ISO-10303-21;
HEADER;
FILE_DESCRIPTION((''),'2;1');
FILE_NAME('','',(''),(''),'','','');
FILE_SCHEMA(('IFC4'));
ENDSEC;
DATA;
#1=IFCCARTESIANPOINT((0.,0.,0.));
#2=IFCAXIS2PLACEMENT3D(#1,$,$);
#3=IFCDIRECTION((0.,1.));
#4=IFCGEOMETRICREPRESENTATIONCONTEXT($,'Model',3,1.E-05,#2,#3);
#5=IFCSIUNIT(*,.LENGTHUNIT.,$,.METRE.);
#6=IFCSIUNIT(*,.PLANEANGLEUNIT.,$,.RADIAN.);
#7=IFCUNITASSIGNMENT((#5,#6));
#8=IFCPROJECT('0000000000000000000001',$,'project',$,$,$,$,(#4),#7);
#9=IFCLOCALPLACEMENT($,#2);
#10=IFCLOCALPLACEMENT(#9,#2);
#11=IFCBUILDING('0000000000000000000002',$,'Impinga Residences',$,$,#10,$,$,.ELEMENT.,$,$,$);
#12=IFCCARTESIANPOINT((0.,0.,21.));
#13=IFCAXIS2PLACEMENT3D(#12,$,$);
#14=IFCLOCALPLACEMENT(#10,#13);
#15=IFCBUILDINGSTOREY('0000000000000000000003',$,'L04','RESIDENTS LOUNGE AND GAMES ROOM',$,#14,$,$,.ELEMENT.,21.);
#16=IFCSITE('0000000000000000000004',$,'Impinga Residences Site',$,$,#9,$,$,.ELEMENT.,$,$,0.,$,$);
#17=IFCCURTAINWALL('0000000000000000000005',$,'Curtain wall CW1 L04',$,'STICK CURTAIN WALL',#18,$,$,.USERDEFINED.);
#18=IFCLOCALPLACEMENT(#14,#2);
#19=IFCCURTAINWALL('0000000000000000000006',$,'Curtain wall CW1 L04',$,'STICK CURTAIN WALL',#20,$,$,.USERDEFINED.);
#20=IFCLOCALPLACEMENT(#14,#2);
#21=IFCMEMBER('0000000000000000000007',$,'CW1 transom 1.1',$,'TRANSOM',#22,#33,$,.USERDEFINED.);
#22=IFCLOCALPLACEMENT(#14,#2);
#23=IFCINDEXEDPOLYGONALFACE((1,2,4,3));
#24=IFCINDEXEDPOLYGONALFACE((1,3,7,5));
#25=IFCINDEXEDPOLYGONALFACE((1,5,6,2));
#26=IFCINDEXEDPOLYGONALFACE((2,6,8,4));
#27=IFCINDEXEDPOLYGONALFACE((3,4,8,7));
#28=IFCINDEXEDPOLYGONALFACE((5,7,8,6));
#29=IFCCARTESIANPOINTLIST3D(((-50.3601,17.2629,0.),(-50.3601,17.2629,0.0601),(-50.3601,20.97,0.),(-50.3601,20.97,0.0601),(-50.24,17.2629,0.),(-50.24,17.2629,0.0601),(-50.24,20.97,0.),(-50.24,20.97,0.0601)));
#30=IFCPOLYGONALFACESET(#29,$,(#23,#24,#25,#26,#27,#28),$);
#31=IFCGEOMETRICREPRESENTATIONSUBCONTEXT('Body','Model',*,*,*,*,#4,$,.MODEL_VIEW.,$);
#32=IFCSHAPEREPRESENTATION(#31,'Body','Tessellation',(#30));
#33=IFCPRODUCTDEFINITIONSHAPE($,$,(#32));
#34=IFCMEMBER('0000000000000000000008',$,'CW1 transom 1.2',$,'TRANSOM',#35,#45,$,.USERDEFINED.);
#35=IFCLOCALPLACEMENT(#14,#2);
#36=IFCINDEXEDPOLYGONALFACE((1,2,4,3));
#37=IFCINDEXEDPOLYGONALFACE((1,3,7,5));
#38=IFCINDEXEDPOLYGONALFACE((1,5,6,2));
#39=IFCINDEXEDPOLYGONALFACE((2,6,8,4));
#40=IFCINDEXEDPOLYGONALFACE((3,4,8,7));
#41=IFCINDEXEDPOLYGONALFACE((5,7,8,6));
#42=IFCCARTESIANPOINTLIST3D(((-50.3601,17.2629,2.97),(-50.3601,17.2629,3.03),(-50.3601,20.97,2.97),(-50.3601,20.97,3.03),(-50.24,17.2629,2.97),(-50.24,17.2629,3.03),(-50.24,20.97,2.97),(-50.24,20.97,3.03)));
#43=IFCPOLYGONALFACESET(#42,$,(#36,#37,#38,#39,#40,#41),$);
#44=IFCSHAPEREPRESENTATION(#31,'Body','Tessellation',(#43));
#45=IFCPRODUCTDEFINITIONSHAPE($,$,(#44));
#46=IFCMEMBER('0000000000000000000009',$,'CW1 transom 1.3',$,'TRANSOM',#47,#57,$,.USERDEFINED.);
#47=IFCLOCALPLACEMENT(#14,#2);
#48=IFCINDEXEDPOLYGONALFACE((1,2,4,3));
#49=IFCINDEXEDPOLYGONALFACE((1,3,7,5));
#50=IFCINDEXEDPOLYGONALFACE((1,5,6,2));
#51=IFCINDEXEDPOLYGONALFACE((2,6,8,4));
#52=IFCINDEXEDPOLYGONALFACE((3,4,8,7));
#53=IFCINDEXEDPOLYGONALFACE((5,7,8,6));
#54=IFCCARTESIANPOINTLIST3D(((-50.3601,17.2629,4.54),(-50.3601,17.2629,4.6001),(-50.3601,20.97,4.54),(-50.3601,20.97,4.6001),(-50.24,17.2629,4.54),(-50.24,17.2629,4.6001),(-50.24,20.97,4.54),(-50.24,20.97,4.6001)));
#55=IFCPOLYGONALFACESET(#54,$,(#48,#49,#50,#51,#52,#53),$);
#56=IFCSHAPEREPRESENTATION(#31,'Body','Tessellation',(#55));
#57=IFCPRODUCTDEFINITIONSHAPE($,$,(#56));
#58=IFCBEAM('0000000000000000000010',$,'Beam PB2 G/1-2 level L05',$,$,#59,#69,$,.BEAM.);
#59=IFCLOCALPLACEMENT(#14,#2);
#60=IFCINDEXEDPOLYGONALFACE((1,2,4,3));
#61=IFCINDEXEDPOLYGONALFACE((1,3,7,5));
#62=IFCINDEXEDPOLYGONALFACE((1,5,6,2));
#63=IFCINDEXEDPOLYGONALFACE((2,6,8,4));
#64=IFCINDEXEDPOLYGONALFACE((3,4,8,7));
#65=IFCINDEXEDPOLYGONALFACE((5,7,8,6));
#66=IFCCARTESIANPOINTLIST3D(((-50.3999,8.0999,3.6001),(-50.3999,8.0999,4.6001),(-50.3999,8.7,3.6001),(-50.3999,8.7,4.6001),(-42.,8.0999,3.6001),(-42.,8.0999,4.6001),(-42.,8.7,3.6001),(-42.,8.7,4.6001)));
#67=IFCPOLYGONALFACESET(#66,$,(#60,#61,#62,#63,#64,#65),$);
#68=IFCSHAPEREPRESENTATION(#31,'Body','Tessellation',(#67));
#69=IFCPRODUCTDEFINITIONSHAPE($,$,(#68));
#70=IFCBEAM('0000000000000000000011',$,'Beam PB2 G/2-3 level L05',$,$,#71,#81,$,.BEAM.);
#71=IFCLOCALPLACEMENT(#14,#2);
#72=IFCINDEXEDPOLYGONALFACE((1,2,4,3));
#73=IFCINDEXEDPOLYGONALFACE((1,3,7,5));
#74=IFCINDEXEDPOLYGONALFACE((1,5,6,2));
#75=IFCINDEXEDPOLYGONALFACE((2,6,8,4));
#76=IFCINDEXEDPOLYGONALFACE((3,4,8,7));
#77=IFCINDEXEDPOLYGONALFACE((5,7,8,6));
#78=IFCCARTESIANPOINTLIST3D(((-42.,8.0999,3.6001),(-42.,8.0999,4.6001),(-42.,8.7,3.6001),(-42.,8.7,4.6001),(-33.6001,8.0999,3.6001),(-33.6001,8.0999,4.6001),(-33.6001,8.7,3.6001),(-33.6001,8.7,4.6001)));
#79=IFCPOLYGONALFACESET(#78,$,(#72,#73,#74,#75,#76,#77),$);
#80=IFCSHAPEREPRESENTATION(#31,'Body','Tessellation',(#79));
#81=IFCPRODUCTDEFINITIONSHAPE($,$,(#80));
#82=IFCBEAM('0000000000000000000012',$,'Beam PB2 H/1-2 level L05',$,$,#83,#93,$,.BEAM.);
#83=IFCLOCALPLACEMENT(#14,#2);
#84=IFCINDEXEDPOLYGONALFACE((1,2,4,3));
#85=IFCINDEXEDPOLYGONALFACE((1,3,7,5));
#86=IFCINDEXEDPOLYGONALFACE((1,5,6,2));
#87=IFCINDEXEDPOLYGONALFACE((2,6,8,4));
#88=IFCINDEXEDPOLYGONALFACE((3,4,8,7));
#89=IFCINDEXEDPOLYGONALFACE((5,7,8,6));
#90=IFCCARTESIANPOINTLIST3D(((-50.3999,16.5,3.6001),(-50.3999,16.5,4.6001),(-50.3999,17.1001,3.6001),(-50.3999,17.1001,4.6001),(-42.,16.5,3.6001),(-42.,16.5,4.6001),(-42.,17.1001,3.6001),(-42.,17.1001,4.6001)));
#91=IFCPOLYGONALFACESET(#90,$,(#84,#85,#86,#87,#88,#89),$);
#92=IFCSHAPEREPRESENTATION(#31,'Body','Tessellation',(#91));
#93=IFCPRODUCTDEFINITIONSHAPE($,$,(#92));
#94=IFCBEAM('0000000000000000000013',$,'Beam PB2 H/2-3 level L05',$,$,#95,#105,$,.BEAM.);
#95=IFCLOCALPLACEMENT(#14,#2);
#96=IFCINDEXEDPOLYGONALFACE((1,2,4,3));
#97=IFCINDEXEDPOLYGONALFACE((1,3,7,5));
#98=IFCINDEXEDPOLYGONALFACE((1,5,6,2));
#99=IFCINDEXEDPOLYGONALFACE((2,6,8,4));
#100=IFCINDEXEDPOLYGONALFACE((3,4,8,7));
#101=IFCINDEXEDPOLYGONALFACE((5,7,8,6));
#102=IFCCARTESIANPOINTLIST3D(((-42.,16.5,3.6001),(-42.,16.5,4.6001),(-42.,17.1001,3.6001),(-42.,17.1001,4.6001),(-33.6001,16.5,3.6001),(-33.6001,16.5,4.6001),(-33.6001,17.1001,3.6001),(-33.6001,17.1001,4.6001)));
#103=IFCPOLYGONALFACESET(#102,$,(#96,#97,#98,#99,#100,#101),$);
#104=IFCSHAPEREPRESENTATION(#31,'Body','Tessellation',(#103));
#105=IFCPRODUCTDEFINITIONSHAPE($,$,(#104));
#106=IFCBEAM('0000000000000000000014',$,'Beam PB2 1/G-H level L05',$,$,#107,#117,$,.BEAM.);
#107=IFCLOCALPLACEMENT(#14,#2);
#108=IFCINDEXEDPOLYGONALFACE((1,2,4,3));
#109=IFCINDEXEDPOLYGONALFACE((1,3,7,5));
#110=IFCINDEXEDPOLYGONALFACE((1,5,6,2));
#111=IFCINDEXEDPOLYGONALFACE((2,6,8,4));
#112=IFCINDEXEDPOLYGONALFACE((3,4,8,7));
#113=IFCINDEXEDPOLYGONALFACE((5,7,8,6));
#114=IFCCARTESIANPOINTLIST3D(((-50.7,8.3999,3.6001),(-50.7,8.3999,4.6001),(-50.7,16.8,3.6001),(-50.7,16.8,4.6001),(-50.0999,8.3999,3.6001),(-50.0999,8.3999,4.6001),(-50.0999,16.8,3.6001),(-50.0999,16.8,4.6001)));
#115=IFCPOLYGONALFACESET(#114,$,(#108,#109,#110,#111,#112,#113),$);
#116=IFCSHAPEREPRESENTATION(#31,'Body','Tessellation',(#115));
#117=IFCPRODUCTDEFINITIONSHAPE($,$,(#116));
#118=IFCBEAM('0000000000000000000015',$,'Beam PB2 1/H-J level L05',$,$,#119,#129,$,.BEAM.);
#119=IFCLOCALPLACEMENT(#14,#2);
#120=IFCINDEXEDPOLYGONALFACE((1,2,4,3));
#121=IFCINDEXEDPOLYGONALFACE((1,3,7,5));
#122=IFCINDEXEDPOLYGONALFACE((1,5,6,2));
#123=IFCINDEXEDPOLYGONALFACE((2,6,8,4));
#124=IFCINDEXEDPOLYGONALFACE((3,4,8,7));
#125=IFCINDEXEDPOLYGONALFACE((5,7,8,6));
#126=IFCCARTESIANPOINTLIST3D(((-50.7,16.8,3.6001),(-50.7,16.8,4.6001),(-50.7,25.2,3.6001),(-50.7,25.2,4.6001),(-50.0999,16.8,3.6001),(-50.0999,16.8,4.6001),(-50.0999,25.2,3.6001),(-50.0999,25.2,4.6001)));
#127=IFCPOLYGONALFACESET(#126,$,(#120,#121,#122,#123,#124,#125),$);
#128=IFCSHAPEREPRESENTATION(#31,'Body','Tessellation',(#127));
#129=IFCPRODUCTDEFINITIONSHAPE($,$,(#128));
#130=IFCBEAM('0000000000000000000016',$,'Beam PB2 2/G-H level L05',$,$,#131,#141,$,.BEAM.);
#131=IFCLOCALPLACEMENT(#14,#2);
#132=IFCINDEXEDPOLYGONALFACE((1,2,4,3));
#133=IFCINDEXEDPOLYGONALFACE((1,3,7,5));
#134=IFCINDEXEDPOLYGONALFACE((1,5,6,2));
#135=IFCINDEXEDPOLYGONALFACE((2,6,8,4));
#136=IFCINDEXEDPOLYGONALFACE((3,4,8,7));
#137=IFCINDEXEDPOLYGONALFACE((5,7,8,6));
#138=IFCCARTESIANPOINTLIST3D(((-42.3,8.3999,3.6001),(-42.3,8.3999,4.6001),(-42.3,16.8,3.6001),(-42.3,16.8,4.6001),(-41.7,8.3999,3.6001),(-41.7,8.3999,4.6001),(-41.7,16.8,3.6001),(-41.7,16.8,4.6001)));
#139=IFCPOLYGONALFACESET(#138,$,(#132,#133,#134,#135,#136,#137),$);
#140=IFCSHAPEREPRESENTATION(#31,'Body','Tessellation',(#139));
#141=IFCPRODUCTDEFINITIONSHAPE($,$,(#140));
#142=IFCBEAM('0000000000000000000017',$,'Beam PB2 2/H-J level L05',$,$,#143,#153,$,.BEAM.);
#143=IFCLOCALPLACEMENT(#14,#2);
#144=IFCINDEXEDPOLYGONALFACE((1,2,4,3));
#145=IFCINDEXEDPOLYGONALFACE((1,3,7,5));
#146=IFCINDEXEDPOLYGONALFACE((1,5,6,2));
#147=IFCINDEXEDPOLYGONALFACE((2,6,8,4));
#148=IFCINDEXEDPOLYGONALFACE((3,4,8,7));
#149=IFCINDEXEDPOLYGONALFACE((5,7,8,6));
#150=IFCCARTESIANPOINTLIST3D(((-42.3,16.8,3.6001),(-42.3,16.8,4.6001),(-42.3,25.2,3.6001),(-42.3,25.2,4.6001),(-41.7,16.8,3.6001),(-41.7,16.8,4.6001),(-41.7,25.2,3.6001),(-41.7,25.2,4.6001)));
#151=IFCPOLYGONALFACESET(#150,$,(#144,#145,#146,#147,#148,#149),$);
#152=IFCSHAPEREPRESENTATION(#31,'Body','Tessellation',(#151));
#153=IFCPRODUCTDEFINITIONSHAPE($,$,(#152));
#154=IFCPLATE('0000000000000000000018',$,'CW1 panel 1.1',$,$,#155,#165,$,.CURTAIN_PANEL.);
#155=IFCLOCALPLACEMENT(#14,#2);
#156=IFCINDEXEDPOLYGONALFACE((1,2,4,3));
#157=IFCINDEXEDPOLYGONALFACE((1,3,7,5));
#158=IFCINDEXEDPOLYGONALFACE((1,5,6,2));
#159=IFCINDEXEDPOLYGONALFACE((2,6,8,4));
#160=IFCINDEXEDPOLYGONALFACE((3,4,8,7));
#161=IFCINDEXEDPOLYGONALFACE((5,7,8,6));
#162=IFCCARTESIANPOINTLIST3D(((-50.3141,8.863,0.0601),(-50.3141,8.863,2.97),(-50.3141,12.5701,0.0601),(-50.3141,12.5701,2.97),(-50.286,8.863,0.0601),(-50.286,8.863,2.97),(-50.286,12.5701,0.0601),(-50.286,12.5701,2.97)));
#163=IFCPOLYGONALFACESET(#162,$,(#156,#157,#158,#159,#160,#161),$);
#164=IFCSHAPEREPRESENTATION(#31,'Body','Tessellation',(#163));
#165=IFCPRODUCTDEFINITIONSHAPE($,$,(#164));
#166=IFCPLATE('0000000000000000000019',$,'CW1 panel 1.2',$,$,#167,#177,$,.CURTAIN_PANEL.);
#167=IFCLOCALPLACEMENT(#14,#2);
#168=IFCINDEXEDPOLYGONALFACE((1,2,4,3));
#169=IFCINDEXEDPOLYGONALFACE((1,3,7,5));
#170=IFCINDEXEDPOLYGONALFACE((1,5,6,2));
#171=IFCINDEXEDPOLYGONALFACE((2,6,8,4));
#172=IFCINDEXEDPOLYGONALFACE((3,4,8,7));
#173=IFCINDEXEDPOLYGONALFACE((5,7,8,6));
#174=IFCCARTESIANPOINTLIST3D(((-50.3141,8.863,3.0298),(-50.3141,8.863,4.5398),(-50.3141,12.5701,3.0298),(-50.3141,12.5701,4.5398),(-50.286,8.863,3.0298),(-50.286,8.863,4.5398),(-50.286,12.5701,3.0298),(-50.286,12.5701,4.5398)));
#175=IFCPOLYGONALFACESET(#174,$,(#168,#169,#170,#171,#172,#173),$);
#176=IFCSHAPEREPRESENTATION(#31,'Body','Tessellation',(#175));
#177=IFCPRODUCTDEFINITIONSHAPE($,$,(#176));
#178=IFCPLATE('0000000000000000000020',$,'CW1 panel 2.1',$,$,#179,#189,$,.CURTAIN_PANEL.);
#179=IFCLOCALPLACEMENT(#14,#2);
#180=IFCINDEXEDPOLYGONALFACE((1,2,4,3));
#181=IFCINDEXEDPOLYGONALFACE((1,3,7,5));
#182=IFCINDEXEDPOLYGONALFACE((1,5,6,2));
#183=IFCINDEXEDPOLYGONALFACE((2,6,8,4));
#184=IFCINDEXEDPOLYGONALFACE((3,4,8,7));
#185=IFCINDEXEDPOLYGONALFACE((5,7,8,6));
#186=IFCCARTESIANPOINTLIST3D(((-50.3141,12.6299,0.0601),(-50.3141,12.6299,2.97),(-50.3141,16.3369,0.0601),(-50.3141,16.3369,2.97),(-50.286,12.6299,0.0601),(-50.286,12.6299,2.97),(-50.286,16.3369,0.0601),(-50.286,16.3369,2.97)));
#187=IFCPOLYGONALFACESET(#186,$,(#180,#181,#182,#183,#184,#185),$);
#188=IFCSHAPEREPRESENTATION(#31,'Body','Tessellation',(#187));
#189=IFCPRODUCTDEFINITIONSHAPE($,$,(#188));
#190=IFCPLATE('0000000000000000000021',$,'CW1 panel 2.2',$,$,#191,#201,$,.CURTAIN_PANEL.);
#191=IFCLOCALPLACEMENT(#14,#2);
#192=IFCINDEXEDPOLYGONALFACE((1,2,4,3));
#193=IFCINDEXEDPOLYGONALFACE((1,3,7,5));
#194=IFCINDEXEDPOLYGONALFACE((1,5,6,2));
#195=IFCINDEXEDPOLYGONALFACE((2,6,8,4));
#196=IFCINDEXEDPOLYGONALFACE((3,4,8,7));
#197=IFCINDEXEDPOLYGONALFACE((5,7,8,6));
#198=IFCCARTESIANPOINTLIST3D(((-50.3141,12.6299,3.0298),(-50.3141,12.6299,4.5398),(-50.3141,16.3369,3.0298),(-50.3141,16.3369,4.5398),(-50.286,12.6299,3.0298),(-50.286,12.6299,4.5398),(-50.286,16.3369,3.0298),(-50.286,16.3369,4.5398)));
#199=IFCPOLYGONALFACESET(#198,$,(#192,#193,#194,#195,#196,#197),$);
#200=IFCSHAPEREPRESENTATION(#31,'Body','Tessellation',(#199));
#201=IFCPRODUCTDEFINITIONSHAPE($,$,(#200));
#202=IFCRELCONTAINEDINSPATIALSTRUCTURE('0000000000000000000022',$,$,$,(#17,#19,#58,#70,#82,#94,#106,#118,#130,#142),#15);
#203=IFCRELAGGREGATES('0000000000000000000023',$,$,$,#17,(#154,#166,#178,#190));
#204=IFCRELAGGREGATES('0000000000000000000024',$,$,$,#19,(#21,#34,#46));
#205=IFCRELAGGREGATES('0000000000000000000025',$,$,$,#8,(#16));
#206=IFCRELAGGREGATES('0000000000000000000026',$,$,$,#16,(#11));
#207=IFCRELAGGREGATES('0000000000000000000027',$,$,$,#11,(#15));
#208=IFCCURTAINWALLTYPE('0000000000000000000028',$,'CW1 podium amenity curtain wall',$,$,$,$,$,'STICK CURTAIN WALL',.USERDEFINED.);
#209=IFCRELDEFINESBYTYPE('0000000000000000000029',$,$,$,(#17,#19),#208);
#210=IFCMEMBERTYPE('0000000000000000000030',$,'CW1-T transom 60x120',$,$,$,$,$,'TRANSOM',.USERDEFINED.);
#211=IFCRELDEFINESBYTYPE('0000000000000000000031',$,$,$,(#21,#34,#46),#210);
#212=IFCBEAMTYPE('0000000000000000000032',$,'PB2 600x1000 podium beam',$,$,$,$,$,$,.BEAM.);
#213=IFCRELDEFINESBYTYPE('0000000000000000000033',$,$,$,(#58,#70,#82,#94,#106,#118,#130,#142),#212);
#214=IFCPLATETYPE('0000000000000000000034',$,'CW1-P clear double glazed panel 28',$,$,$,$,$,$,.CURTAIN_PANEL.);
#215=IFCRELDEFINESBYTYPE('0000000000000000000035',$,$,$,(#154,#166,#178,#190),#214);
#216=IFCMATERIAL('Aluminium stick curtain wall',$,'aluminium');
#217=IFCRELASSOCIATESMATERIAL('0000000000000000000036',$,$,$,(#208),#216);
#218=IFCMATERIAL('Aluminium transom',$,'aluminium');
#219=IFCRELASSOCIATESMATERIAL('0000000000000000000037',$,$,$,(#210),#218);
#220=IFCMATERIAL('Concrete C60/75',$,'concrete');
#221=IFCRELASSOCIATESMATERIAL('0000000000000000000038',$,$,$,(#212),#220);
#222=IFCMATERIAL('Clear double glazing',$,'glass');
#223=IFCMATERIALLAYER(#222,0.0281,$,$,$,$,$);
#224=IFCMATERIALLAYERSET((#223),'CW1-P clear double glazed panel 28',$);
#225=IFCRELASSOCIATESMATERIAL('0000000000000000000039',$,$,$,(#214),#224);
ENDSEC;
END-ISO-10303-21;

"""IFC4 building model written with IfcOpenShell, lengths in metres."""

from ifc_helpers import new_model, si_unit, direction, frame, origin, origin_2d, place, context, subcontext, project, spatial, rectangle, extrude, material, layer, layer_set, material_profile, profile_set, type_object, element, aggregate, save


model = new_model("IFC4")

# Units and contexts
model_context = context("Model", 3, precision=1e-05, world=origin(), true_north=direction((0.0, 1.0)))
body_context = subcontext(model_context, "Body", "Model", "MODEL_VIEW")
ifc_project = project(units=[si_unit("LENGTHUNIT", "METRE"), si_unit("PLANEANGLEUNIT", "RADIAN")], contexts=[model_context])

# Site, building, storey
site_placement = place(None, origin())
site = spatial("IfcSite", under=ifc_project, at=site_placement, Name="Impinga Residences Site", CompositionType="ELEMENT", RefElevation=0.0)
building_placement = place(site_placement, origin())
building = spatial("IfcBuilding", under=site, at=building_placement, Name="Impinga Residences", CompositionType="ELEMENT")
storey_placement = place(building_placement, frame((0.0, 0.0, 21.0)))
storey = spatial("IfcBuildingStorey", under=building, at=storey_placement, Name="L04", Description="RESIDENTS LOUNGE AND GAMES ROOM", CompositionType="ELEMENT", Elevation=21.0)

# Shared definitions
ifc_material_1 = material(Name="Aluminium stick curtain wall", Category="aluminium")
curtain_wall_type = type_object("IfcCurtainWallType", Name="CW1 podium amenity curtain wall", ElementType="STICK CURTAIN WALL", PredefinedType="USERDEFINED", material=ifc_material_1)

# Curtain wall
curtain_wall_1_placement = place(storey_placement, origin())
curtain_wall_1 = element("IfcCurtainWall", 1, at=curtain_wall_1_placement, inside=storey, type_object=curtain_wall_type, Name="Curtain wall CW1 L04", ObjectType="STICK CURTAIN WALL", PredefinedType="USERDEFINED")

# Curtain wall
curtain_wall_2_placement = place(storey_placement, origin())
curtain_wall_2 = element("IfcCurtainWall", 2, at=curtain_wall_2_placement, inside=storey, type_object=curtain_wall_type, Name="Curtain wall CW1 L04", ObjectType="STICK CURTAIN WALL", PredefinedType="USERDEFINED")

# Members
ifc_material_2 = material(Name="Aluminium transom", Category="aluminium")
ifc_material_profile_1 = material_profile(ifc_material_2, rectangle(XDim=0.0601, YDim=0.1201, at=origin_2d()), Name="60x120 transom")
ifc_profile_set_1 = profile_set([ifc_material_profile_1], Name="Aluminium transom")
member_type_1 = type_object("IfcMemberType", Name="CW1-T transom 60x120", ElementType="TRANSOM", PredefinedType="USERDEFINED", material=ifc_profile_set_1)
member_1_placement = place(storey_placement, frame((-50.3, 17.2629, 0.03), z_axis=(0.0, 1.0, 0.0), x_axis=(0.0, 0.0, 1.0)))
member_1 = element("IfcMember", 3, at=member_1_placement, type_object=member_type_1, Name="CW1 transom 1.1", ObjectType="TRANSOM", PredefinedType="USERDEFINED", context=body_context, shape_type="SweptSolid", body=[
    extrude(rectangle(XDim=0.0601, YDim=0.1201, at=origin_2d()), origin(), (0.0, 0.0, 1.0), 3.707),
])
member_2_placement = place(storey_placement, frame((-50.3, 17.2629, 3.0), z_axis=(0.0, 1.0, 0.0), x_axis=(0.0, 0.0, 1.0)))
member_2 = element("IfcMember", 4, at=member_2_placement, type_object=member_type_1, Name="CW1 transom 1.2", ObjectType="TRANSOM", PredefinedType="USERDEFINED", context=body_context, shape_type="SweptSolid", body=[
    extrude(rectangle(XDim=0.0601, YDim=0.1201, at=origin_2d()), origin(), (0.0, 0.0, 1.0), 3.707),
])
member_3_placement = place(storey_placement, frame((-50.3, 17.2629, 4.5701), z_axis=(0.0, 1.0, 0.0), x_axis=(0.0, 0.0, 1.0)))
member_3 = element("IfcMember", 5, at=member_3_placement, type_object=member_type_1, Name="CW1 transom 1.3", ObjectType="TRANSOM", PredefinedType="USERDEFINED", context=body_context, shape_type="SweptSolid", body=[
    extrude(rectangle(XDim=0.0601, YDim=0.1201, at=origin_2d()), origin(), (0.0, 0.0, 1.0), 3.707),
])

# Beams
ifc_material_3 = material(Name="Concrete C60/75", Category="concrete")
ifc_material_profile_2 = material_profile(ifc_material_3, rectangle(XDim=0.6001, YDim=1.0, at=origin_2d()), Name="RC 600x1000")
ifc_profile_set_2 = profile_set([ifc_material_profile_2], Name="Concrete C60/75")
beam_type = type_object("IfcBeamType", Name="PB2 600x1000 podium beam", PredefinedType="BEAM", material=ifc_profile_set_2)
for number, where, z_axis, x_axis, name in (
    (6, (-50.3999, 8.3999, 4.1001), (1.0, 0.0, 0.0), (0.0, 1.0, 0.0), "Beam PB2 G/1-2 level L05"),
    (7, (-42.0, 8.3999, 4.1001), (1.0, 0.0, 0.0), (0.0, 1.0, 0.0), "Beam PB2 G/2-3 level L05"),
    (8, (-50.3999, 16.8, 4.1001), (1.0, 0.0, 0.0), (0.0, 1.0, 0.0), "Beam PB2 H/1-2 level L05"),
    (9, (-42.0, 16.8, 4.1001), (1.0, 0.0, 0.0), (0.0, 1.0, 0.0), "Beam PB2 H/2-3 level L05"),
):
    element("IfcBeam", number, at=place(storey_placement, frame(where, z_axis=z_axis, x_axis=x_axis)), inside=storey, type_object=beam_type, Name=name, PredefinedType="BEAM", context=body_context, shape_type="SweptSolid", body=[
        extrude(rectangle(XDim=0.6001, YDim=1.0, at=origin_2d()), origin(), (0.0, 0.0, 1.0), 8.3999),
    ])
beam_1_placement = place(storey_placement, frame((-50.3999, 8.3999, 4.1001), z_axis=(0.0, 1.0, 0.0), x_axis=(-1.0, 0.0, 0.0)))
element("IfcBeam", 10, at=beam_1_placement, inside=storey, type_object=beam_type, Name="Beam PB2 1/G-H level L05", PredefinedType="BEAM", context=body_context, shape_type="SweptSolid", body=[
    extrude(rectangle(XDim=0.6001, YDim=1.0, at=origin_2d()), origin(), (0.0, 0.0, 1.0), 8.4001),
])
beam_2_placement = place(storey_placement, frame((-50.3999, 16.8, 4.1001), z_axis=(0.0, 1.0, 0.0), x_axis=(-1.0, 0.0, 0.0)))
element("IfcBeam", 11, at=beam_2_placement, inside=storey, type_object=beam_type, Name="Beam PB2 1/H-J level L05", PredefinedType="BEAM", context=body_context, shape_type="SweptSolid", body=[
    extrude(rectangle(XDim=0.6001, YDim=1.0, at=origin_2d()), origin(), (0.0, 0.0, 1.0), 8.3999),
])
beam_3_placement = place(storey_placement, frame((-42.0, 8.3999, 4.1001), z_axis=(0.0, 1.0, 0.0), x_axis=(-1.0, 0.0, 0.0)))
element("IfcBeam", 12, at=beam_3_placement, inside=storey, type_object=beam_type, Name="Beam PB2 2/G-H level L05", PredefinedType="BEAM", context=body_context, shape_type="SweptSolid", body=[
    extrude(rectangle(XDim=0.6001, YDim=1.0, at=origin_2d()), origin(), (0.0, 0.0, 1.0), 8.4001),
])
beam_4_placement = place(storey_placement, frame((-42.0, 16.8, 4.1001), z_axis=(0.0, 1.0, 0.0), x_axis=(-1.0, 0.0, 0.0)))
element("IfcBeam", 13, at=beam_4_placement, inside=storey, type_object=beam_type, Name="Beam PB2 2/H-J level L05", PredefinedType="BEAM", context=body_context, shape_type="SweptSolid", body=[
    extrude(rectangle(XDim=0.6001, YDim=1.0, at=origin_2d()), origin(), (0.0, 0.0, 1.0), 8.3999),
])

# Plates
ifc_material_4 = material(Name="Clear double glazing", Category="glass")
ifc_layer = layer(ifc_material_4, 0.0281)
ifc_layer_set = layer_set([ifc_layer], Name="CW1-P clear double glazed panel 28")
plate_type = type_object("IfcPlateType", Name="CW1-P clear double glazed panel 28", PredefinedType="CURTAIN_PANEL", material=ifc_layer_set)
plate_1_placement = place(storey_placement, frame((-50.3, 10.7166, 0.0601), z_axis=(0.0, 0.0, 1.0), x_axis=(0.0, 1.0, 0.0)))
plate_1 = element("IfcPlate", 14, at=plate_1_placement, type_object=plate_type, Name="CW1 panel 1.1", PredefinedType="CURTAIN_PANEL", context=body_context, shape_type="SweptSolid", body=[
    extrude(rectangle(XDim=3.707, YDim=0.0281, at=origin_2d()), origin(), (0.0, 0.0, 1.0), 2.9099),
])
plate_2_placement = place(storey_placement, frame((-50.3, 10.7166, 3.0298), z_axis=(0.0, 0.0, 1.0), x_axis=(0.0, 1.0, 0.0)))
plate_2 = element("IfcPlate", 15, at=plate_2_placement, type_object=plate_type, Name="CW1 panel 1.2", PredefinedType="CURTAIN_PANEL", context=body_context, shape_type="SweptSolid", body=[
    extrude(rectangle(XDim=3.707, YDim=0.0281, at=origin_2d()), origin(), (0.0, 0.0, 1.0), 1.51),
])
plate_3_placement = place(storey_placement, frame((-50.3, 14.4834, 0.0601), z_axis=(0.0, 0.0, 1.0), x_axis=(0.0, 1.0, 0.0)))
plate_3 = element("IfcPlate", 16, at=plate_3_placement, type_object=plate_type, Name="CW1 panel 2.1", PredefinedType="CURTAIN_PANEL", context=body_context, shape_type="SweptSolid", body=[
    extrude(rectangle(XDim=3.707, YDim=0.0281, at=origin_2d()), origin(), (0.0, 0.0, 1.0), 2.9099),
])
plate_4_placement = place(storey_placement, frame((-50.3, 14.4834, 3.0298), z_axis=(0.0, 0.0, 1.0), x_axis=(0.0, 1.0, 0.0)))
plate_4 = element("IfcPlate", 17, at=plate_4_placement, type_object=plate_type, Name="CW1 panel 2.2", PredefinedType="CURTAIN_PANEL", context=body_context, shape_type="SweptSolid", body=[
    extrude(rectangle(XDim=3.707, YDim=0.0281, at=origin_2d()), origin(), (0.0, 0.0, 1.0), 1.51),
])
aggregate(curtain_wall_1, [plate_1, plate_2, plate_3, plate_4])
aggregate(curtain_wall_2, [member_1, member_2, member_3])

save(model, "model.ifc")
